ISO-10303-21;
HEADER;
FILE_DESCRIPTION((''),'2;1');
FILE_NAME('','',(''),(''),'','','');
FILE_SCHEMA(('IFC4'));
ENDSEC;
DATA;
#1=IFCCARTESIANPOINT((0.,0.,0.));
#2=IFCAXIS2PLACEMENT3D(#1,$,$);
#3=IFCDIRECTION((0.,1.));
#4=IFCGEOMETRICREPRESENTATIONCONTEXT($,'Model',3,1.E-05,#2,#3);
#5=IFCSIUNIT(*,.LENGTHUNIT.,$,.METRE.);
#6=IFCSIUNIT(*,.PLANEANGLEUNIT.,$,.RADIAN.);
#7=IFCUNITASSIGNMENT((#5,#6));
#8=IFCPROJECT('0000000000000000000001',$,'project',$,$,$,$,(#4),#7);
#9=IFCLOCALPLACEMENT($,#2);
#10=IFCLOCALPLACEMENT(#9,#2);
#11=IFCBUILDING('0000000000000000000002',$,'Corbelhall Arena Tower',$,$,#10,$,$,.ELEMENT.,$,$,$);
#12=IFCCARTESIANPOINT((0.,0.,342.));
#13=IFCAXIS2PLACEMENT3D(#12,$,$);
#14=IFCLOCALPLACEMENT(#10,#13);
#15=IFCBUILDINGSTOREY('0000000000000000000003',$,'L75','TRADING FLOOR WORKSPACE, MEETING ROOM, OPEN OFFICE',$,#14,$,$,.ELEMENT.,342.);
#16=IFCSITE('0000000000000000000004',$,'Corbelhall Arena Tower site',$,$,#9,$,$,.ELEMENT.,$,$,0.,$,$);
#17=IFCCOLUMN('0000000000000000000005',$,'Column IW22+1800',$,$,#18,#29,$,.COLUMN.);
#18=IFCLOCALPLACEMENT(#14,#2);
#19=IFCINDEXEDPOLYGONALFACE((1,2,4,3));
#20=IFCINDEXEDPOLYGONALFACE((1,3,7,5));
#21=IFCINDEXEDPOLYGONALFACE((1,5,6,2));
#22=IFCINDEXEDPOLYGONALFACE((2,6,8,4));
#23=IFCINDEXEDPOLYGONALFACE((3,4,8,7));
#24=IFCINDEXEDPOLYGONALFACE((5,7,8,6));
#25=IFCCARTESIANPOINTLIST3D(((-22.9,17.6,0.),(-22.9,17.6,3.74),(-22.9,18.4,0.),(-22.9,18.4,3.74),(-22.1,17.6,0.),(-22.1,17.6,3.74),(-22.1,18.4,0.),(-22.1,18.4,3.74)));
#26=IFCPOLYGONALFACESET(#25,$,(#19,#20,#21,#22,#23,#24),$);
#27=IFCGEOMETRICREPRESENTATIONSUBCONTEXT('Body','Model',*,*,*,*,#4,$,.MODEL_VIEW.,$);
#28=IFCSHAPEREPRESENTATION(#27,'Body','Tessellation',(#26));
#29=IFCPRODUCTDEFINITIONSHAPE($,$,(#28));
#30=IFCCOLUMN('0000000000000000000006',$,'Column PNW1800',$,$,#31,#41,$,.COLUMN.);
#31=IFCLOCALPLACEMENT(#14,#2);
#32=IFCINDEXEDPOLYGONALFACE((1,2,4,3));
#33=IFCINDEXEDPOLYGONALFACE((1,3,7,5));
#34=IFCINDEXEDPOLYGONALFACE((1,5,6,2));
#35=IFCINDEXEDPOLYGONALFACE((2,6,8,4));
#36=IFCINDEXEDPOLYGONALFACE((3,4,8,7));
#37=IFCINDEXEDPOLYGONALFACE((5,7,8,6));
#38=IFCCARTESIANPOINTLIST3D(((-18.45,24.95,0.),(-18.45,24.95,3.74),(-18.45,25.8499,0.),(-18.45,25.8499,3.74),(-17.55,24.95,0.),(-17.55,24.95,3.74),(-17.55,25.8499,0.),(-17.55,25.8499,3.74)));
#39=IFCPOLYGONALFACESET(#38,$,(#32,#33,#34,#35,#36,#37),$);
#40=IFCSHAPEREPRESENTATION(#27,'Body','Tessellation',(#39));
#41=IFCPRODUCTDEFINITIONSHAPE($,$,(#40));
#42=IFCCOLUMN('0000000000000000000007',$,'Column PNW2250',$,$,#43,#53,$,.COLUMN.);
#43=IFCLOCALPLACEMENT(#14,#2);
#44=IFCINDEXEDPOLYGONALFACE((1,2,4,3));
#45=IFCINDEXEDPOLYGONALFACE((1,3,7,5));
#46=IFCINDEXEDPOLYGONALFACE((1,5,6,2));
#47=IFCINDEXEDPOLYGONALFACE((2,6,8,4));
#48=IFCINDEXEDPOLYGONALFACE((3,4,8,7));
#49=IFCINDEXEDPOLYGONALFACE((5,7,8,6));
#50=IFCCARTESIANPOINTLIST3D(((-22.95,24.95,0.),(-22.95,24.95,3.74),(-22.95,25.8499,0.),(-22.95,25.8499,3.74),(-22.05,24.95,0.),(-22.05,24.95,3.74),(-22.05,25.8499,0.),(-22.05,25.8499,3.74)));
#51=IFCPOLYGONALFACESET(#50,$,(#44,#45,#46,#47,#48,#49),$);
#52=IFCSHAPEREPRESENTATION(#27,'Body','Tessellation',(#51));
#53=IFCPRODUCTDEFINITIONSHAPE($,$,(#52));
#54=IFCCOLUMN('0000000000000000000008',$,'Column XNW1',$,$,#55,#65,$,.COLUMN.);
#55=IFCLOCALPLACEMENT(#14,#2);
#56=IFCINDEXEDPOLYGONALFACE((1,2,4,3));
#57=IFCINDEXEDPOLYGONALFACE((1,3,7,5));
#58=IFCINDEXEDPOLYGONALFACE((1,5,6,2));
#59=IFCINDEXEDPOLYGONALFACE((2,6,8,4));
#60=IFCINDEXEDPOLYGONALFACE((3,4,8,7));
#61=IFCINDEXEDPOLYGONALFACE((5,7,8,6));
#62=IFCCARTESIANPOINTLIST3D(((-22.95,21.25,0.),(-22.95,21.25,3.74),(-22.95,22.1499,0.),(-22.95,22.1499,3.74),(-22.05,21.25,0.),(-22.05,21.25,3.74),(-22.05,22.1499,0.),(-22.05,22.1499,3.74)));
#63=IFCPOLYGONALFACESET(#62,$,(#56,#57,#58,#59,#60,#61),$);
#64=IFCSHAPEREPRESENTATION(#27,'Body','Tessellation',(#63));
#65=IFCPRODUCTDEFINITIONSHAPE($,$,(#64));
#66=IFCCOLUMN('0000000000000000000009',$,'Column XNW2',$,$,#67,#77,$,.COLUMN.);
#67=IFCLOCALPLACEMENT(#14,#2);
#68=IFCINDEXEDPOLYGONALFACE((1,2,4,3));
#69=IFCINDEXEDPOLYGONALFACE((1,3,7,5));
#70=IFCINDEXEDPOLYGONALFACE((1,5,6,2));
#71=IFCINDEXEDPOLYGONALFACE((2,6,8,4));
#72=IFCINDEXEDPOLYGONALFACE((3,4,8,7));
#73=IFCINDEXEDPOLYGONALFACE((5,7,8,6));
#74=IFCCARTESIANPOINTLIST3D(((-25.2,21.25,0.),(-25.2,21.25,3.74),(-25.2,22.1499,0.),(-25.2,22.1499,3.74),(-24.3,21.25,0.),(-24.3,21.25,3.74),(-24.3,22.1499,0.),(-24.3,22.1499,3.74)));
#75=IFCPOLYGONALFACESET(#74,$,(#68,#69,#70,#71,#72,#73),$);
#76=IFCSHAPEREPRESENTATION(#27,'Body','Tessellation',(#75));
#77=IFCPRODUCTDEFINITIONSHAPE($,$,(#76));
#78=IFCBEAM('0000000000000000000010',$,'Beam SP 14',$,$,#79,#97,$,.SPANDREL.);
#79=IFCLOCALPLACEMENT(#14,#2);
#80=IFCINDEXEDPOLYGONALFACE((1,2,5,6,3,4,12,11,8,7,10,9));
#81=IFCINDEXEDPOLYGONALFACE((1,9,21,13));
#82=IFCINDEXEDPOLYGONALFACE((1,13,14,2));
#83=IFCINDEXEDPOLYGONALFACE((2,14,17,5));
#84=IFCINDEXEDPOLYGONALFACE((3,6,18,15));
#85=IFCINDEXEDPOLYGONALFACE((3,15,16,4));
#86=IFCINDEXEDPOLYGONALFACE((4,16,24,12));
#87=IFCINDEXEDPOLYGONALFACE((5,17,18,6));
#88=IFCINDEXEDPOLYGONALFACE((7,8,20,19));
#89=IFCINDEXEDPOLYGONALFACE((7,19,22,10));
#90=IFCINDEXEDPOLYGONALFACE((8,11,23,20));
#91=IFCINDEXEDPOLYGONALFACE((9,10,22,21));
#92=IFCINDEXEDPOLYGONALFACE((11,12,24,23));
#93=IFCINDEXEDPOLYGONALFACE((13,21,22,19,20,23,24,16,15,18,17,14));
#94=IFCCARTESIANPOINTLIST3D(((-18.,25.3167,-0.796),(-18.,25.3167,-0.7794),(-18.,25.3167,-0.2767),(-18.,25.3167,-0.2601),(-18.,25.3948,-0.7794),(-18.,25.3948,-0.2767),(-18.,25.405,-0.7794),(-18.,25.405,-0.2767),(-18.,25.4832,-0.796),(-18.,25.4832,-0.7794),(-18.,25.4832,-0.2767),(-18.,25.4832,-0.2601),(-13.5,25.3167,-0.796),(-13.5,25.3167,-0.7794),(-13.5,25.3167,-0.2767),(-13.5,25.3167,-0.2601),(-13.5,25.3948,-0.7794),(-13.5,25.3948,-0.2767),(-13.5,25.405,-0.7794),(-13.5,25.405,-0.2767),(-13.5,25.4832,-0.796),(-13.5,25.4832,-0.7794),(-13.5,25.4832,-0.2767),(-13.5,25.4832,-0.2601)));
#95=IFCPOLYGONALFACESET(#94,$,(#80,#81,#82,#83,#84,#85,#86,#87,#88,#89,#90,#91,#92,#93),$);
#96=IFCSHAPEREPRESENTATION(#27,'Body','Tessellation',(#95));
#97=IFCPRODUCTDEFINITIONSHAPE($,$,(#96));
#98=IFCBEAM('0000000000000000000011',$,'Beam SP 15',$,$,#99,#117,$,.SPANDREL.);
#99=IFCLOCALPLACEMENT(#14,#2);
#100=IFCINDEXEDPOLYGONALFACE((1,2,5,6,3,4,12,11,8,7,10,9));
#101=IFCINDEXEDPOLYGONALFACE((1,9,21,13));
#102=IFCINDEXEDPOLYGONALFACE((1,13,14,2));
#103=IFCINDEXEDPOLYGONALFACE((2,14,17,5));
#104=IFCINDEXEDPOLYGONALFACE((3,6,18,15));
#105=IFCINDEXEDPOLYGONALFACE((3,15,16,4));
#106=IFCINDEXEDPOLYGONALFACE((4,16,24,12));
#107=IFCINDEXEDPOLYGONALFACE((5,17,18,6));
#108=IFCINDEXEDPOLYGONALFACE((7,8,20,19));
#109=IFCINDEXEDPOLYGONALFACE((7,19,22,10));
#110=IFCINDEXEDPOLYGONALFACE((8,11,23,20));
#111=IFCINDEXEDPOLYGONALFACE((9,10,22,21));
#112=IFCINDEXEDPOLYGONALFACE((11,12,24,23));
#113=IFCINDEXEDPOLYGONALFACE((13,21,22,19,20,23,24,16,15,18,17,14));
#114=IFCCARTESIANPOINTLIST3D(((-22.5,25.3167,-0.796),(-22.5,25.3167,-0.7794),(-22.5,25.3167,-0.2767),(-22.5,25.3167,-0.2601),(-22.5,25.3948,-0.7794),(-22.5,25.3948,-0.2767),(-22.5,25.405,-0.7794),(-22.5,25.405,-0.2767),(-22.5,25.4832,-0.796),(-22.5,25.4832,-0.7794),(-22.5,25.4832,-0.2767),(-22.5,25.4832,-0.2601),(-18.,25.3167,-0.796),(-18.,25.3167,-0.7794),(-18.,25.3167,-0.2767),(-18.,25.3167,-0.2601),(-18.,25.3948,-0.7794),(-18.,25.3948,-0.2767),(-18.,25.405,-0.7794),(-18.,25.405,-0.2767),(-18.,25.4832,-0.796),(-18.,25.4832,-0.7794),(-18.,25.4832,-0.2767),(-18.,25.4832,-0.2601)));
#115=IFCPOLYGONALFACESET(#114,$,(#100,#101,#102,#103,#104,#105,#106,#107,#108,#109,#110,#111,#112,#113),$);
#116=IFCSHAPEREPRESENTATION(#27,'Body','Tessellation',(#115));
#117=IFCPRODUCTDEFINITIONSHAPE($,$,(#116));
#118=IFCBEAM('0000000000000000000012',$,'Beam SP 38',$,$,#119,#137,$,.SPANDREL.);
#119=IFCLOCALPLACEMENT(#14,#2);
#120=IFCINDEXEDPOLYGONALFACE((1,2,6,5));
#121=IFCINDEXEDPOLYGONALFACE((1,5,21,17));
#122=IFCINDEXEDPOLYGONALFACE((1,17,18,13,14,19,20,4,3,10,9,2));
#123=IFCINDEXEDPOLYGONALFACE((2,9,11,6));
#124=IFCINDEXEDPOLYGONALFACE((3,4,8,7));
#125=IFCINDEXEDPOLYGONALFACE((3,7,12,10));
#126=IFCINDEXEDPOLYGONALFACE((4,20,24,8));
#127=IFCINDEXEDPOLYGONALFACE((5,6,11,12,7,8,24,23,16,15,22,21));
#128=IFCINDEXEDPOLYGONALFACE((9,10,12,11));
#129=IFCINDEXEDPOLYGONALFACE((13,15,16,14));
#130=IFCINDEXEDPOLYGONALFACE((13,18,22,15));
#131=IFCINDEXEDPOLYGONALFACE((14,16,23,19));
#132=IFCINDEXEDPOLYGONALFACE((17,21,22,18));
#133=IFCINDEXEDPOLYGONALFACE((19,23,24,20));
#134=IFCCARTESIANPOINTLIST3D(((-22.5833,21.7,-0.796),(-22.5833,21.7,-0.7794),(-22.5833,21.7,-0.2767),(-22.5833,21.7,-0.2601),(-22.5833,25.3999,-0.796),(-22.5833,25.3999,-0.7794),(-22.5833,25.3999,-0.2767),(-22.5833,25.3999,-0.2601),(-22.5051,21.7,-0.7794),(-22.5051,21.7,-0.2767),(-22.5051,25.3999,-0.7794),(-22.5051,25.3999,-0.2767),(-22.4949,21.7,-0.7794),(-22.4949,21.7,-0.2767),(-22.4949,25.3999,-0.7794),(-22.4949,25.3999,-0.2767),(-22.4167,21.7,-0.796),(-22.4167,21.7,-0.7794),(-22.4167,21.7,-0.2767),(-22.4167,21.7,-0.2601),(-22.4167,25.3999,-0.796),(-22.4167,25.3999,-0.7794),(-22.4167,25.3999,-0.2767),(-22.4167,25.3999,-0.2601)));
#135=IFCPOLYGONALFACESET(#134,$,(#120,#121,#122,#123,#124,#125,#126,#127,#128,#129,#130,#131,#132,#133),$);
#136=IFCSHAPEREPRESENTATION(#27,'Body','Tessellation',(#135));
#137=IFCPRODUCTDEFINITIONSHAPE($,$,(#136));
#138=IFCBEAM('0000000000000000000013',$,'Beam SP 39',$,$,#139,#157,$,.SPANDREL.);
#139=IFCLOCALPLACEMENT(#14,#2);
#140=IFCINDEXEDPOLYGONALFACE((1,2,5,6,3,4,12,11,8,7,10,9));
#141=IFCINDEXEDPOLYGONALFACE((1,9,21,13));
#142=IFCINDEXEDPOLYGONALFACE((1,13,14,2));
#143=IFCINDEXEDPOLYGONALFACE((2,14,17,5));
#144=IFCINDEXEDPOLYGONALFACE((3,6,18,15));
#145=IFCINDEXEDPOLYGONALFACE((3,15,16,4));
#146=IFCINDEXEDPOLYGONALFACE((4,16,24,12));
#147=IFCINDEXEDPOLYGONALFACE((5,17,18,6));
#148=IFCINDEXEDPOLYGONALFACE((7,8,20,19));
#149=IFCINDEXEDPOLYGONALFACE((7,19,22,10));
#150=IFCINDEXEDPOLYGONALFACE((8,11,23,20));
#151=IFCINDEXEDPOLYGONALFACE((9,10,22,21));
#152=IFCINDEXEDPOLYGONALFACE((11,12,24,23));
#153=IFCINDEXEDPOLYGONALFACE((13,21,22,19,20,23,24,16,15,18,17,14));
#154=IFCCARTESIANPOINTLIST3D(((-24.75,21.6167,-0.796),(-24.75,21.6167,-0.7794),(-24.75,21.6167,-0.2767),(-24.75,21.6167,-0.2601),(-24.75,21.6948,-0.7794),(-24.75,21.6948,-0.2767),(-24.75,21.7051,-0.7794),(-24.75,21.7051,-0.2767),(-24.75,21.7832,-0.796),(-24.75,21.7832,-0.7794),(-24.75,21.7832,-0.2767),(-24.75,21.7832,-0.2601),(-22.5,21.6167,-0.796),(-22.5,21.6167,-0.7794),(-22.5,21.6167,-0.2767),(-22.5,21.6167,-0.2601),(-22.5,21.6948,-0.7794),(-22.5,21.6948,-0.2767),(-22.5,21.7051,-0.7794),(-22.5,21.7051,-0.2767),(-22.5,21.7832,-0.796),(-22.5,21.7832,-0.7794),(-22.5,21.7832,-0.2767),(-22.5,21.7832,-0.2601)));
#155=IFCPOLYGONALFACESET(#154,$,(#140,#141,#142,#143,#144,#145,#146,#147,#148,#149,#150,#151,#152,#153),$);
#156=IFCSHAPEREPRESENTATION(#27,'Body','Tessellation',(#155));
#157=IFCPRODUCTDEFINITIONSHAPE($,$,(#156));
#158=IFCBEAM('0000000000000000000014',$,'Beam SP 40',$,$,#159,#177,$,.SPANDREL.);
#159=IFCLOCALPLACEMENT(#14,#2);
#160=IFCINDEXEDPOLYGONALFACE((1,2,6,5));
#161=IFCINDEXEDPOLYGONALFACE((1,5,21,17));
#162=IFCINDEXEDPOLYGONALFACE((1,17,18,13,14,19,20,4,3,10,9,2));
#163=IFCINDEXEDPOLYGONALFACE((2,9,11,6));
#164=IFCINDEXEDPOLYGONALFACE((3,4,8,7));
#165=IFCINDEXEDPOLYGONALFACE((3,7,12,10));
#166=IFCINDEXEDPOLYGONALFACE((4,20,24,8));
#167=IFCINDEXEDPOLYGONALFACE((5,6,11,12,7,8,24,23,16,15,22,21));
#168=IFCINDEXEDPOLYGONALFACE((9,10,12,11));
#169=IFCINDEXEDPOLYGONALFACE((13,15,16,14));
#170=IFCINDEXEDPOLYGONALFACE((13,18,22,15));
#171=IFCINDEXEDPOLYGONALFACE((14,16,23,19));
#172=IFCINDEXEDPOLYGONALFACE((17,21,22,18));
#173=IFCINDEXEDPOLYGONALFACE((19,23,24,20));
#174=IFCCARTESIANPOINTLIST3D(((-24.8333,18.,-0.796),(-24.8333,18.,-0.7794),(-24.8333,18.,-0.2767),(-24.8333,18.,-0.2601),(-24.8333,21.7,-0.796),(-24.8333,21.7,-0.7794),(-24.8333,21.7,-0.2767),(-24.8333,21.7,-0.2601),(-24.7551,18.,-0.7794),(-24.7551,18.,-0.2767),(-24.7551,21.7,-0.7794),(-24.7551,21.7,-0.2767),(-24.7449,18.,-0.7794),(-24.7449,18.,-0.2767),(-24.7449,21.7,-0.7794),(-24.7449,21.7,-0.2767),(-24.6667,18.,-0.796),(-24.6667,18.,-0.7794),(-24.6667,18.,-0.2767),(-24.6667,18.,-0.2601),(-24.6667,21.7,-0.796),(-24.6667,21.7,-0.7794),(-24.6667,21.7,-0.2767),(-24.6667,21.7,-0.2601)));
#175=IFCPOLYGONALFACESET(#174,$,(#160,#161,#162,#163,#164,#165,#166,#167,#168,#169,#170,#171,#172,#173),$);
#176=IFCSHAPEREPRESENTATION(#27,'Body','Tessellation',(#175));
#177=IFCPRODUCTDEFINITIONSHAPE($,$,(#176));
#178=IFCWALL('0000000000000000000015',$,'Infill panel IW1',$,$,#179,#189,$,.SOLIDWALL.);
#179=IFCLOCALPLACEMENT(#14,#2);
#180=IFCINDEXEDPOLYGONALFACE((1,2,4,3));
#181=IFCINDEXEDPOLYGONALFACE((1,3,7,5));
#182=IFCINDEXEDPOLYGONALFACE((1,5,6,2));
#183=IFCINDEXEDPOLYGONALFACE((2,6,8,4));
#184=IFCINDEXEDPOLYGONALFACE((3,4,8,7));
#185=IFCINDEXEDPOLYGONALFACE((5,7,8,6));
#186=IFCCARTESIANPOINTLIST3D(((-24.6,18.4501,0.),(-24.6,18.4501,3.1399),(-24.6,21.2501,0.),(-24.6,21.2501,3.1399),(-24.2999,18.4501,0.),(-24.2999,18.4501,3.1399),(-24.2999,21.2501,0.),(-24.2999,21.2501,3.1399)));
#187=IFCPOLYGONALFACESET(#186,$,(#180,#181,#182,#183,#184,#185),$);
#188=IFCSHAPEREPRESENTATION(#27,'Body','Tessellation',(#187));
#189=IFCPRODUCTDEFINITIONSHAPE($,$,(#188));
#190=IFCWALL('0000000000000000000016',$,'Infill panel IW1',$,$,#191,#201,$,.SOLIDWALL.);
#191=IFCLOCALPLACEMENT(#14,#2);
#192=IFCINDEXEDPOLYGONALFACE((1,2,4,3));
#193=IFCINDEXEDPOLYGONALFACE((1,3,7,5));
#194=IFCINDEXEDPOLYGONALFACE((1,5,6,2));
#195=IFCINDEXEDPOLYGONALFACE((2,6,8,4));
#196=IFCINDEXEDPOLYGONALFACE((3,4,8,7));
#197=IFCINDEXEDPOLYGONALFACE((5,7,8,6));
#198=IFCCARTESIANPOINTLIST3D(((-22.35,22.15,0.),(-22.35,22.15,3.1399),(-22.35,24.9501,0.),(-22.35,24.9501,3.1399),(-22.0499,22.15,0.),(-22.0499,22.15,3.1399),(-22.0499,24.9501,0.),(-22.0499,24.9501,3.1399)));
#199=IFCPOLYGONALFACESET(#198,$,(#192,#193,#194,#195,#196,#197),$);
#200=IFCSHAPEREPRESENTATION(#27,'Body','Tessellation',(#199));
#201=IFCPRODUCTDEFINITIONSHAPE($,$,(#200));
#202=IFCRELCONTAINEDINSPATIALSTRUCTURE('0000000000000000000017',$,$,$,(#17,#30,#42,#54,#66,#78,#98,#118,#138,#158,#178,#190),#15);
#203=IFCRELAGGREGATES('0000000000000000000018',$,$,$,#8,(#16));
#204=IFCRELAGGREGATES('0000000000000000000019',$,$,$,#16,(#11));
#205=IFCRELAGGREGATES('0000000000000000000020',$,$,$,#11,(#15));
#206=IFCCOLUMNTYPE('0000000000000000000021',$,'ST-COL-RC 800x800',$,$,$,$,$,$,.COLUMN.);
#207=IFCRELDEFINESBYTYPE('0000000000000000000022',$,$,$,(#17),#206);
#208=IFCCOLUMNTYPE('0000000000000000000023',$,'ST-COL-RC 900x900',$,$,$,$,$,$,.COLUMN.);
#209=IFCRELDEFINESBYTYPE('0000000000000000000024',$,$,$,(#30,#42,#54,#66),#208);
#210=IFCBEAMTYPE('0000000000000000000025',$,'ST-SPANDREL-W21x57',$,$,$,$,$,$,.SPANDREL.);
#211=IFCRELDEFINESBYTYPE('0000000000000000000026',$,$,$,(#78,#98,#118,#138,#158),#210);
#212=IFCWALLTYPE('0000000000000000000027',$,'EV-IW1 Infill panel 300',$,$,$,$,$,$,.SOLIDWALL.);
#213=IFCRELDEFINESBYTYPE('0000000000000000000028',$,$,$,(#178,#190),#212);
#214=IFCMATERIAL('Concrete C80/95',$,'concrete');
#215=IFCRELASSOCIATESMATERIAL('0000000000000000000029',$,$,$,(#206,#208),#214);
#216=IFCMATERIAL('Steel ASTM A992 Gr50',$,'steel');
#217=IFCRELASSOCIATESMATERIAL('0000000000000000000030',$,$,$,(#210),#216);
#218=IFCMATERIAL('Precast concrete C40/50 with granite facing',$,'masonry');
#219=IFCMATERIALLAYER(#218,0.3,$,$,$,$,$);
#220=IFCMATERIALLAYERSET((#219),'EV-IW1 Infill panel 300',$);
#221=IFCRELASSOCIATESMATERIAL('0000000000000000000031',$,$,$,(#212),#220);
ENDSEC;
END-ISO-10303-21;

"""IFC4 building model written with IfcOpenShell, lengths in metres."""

from ifc_helpers import new_model, si_unit, direction, frame, frame_2d, origin, origin_2d, place, context, subcontext, project, spatial, rectangle, i_section, extrude, material, layer, layer_set, material_profile, profile_set, type_object, element, save


model = new_model("IFC4")

# Units and contexts
model_context = context("Model", 3, precision=1e-05, world=origin(), true_north=direction((0.0, 1.0)))
body_context = subcontext(model_context, "Body", "Model", "MODEL_VIEW")
ifc_project = project(units=[si_unit("LENGTHUNIT", "METRE"), si_unit("PLANEANGLEUNIT", "RADIAN")], contexts=[model_context])

# Site, building, storey
site_placement = place(None, origin())
site = spatial("IfcSite", under=ifc_project, at=site_placement, Name="Corbelhall Arena Tower site", CompositionType="ELEMENT", RefElevation=0.0)
building_placement = place(site_placement, origin())
building = spatial("IfcBuilding", under=site, at=building_placement, Name="Corbelhall Arena Tower", CompositionType="ELEMENT")
storey_placement = place(building_placement, frame((0.0, 0.0, 342.0)))
storey = spatial("IfcBuildingStorey", under=building, at=storey_placement, Name="L75", Description="TRADING FLOOR WORKSPACE, MEETING ROOM, OPEN OFFICE", CompositionType="ELEMENT", Elevation=342.0)

# Columns
ifc_material_1 = material(Name="Concrete C80/95", Category="concrete")
ifc_material_profile_1 = material_profile(ifc_material_1, rectangle(XDim=0.8, YDim=0.8, at=origin_2d()))
ifc_profile_set_1 = profile_set([ifc_material_profile_1], Name="Concrete C80/95")
column_type_1 = type_object("IfcColumnType", Name="ST-COL-RC 800x800", PredefinedType="COLUMN", material=ifc_profile_set_1)
column_placement = place(storey_placement, frame((-22.5, 18.0, 0.0), z_axis=(0.0, 0.0, 1.0), x_axis=(1.0, 0.0, 0.0)))
element("IfcColumn", 1, at=column_placement, inside=storey, type_object=column_type_1, Name="Column IW22+1800", PredefinedType="COLUMN", context=body_context, shape_type="SweptSolid", body=[
    extrude(rectangle(XDim=0.8, YDim=0.8, at=origin_2d()), origin(), (0.0, 0.0, 1.0), 3.74),
])
ifc_material_profile_2 = material_profile(ifc_material_1, rectangle(XDim=0.8999, YDim=0.8999, at=origin_2d()))
ifc_profile_set_2 = profile_set([ifc_material_profile_2], Name="Concrete C80/95")
column_type_2 = type_object("IfcColumnType", Name="ST-COL-RC 900x900", PredefinedType="COLUMN", material=ifc_profile_set_2)
for number, where, z_axis, x_axis, name in (
    (2, (-18.0, 25.3999, 0.0), (0.0, 0.0, 1.0), (1.0, 0.0, 0.0), "Column PNW1800"),
    (3, (-22.5, 25.3999, 0.0), (0.0, 0.0, 1.0), (1.0, 0.0, 0.0), "Column PNW2250"),
    (4, (-22.5, 21.7, 0.0), (0.0, 0.0, 1.0), (1.0, 0.0, 0.0), "Column XNW1"),
    (5, (-24.75, 21.7, 0.0), (0.0, 0.0, 1.0), (1.0, 0.0, 0.0), "Column XNW2"),
):
    element("IfcColumn", number, at=place(storey_placement, frame(where, z_axis=z_axis, x_axis=x_axis)), inside=storey, type_object=column_type_2, Name=name, PredefinedType="COLUMN", context=body_context, shape_type="SweptSolid", body=[
        extrude(rectangle(XDim=0.8999, YDim=0.8999, at=origin_2d()), origin(), (0.0, 0.0, 1.0), 3.74),
    ])

# Beams
ifc_material_2 = material(Name="Steel ASTM A992 Gr50", Category="steel")
ifc_material_profile_3 = material_profile(ifc_material_2, i_section(OverallWidth=0.1665, OverallDepth=0.5359, WebThickness=0.0103, FlangeThickness=0.0166, at=origin_2d()))
ifc_profile_set_3 = profile_set([ifc_material_profile_3], Name="Steel ASTM A992 Gr50")
beam_type = type_object("IfcBeamType", Name="ST-SPANDREL-W21x57", PredefinedType="SPANDREL", material=ifc_profile_set_3)
for number, where, z_axis, x_axis, name in (
    (6, (-18.0, 25.3999, -0.5281), (1.0, 0.0, 0.0), (0.0, 1.0, 0.0), "Beam SP 14"),
    (7, (-22.5, 25.3999, -0.5281), (1.0, 0.0, 0.0), (0.0, 1.0, 0.0), "Beam SP 15"),
):
    element("IfcBeam", number, at=place(storey_placement, frame(where, z_axis=z_axis, x_axis=x_axis)), inside=storey, type_object=beam_type, Name=name, PredefinedType="SPANDREL", context=body_context, shape_type="SweptSolid", body=[
        extrude(i_section(OverallWidth=0.1665, OverallDepth=0.5359, WebThickness=0.0103, FlangeThickness=0.0166, at=origin_2d()), origin(), (0.0, 0.0, 1.0), 4.5),
    ])
beam_1_placement = place(storey_placement, frame((-22.5, 21.7, -0.5281), z_axis=(0.0, 1.0, 0.0), x_axis=(-1.0, 0.0, 0.0)))
element("IfcBeam", 8, at=beam_1_placement, inside=storey, type_object=beam_type, Name="Beam SP 38", PredefinedType="SPANDREL", context=body_context, shape_type="SweptSolid", body=[
    extrude(i_section(OverallWidth=0.1665, OverallDepth=0.5359, WebThickness=0.0103, FlangeThickness=0.0166, at=origin_2d()), origin(), (0.0, 0.0, 1.0), 3.7),
])
beam_2_placement = place(storey_placement, frame((-24.75, 21.7, -0.5281), z_axis=(1.0, 0.0, 0.0), x_axis=(0.0, 1.0, 0.0)))
element("IfcBeam", 9, at=beam_2_placement, inside=storey, type_object=beam_type, Name="Beam SP 39", PredefinedType="SPANDREL", context=body_context, shape_type="SweptSolid", body=[
    extrude(i_section(OverallWidth=0.1665, OverallDepth=0.5359, WebThickness=0.0103, FlangeThickness=0.0166, at=origin_2d()), origin(), (0.0, 0.0, 1.0), 2.25),
])
beam_3_placement = place(storey_placement, frame((-24.75, 18.0, -0.5281), z_axis=(0.0, 1.0, 0.0), x_axis=(-1.0, 0.0, 0.0)))
element("IfcBeam", 10, at=beam_3_placement, inside=storey, type_object=beam_type, Name="Beam SP 40", PredefinedType="SPANDREL", context=body_context, shape_type="SweptSolid", body=[
    extrude(i_section(OverallWidth=0.1665, OverallDepth=0.5359, WebThickness=0.0103, FlangeThickness=0.0166, at=origin_2d()), origin(), (0.0, 0.0, 1.0), 3.7),
])

# Wall
ifc_material_3 = material(Name="Precast concrete C40/50 with granite facing", Category="masonry")
ifc_layer_1 = layer(ifc_material_3, 0.3)
ifc_layer_set_1 = layer_set([ifc_layer_1], Name="EV-IW1 Infill panel 300")
wall_type_1 = type_object("IfcWallType", Name="EV-IW1 Infill panel 300", PredefinedType="SOLIDWALL", material=ifc_layer_set_1)
wall_1_placement = place(storey_placement, frame((-24.45, 21.25, 0.0), z_axis=(0.0, 0.0, 1.0), x_axis=(0.0, -1.0, 0.0)))
element("IfcWall", 11, at=wall_1_placement, inside=storey, type_object=wall_type_1, Name="Infill panel IW1", PredefinedType="SOLIDWALL", context=body_context, shape_type="SweptSolid", body=[
    extrude(rectangle(XDim=2.8, YDim=0.3, at=frame_2d((1.3999, 0.0))), origin(), (0.0, 0.0, 1.0), 3.1399),
])

# Wall
wall_2_placement = place(storey_placement, frame((-22.2, 24.95, 0.0), z_axis=(0.0, 0.0, 1.0), x_axis=(0.0, -1.0, 0.0)))
element("IfcWall", 12, at=wall_2_placement, inside=storey, type_object=wall_type_1, Name="Infill panel IW1", PredefinedType="SOLIDWALL", context=body_context, shape_type="SweptSolid", body=[
    extrude(rectangle(XDim=2.8, YDim=0.3, at=frame_2d((1.3999, 0.0))), origin(), (0.0, 0.0, 1.0), 3.1399),
])

save(model, "model.ifc")
